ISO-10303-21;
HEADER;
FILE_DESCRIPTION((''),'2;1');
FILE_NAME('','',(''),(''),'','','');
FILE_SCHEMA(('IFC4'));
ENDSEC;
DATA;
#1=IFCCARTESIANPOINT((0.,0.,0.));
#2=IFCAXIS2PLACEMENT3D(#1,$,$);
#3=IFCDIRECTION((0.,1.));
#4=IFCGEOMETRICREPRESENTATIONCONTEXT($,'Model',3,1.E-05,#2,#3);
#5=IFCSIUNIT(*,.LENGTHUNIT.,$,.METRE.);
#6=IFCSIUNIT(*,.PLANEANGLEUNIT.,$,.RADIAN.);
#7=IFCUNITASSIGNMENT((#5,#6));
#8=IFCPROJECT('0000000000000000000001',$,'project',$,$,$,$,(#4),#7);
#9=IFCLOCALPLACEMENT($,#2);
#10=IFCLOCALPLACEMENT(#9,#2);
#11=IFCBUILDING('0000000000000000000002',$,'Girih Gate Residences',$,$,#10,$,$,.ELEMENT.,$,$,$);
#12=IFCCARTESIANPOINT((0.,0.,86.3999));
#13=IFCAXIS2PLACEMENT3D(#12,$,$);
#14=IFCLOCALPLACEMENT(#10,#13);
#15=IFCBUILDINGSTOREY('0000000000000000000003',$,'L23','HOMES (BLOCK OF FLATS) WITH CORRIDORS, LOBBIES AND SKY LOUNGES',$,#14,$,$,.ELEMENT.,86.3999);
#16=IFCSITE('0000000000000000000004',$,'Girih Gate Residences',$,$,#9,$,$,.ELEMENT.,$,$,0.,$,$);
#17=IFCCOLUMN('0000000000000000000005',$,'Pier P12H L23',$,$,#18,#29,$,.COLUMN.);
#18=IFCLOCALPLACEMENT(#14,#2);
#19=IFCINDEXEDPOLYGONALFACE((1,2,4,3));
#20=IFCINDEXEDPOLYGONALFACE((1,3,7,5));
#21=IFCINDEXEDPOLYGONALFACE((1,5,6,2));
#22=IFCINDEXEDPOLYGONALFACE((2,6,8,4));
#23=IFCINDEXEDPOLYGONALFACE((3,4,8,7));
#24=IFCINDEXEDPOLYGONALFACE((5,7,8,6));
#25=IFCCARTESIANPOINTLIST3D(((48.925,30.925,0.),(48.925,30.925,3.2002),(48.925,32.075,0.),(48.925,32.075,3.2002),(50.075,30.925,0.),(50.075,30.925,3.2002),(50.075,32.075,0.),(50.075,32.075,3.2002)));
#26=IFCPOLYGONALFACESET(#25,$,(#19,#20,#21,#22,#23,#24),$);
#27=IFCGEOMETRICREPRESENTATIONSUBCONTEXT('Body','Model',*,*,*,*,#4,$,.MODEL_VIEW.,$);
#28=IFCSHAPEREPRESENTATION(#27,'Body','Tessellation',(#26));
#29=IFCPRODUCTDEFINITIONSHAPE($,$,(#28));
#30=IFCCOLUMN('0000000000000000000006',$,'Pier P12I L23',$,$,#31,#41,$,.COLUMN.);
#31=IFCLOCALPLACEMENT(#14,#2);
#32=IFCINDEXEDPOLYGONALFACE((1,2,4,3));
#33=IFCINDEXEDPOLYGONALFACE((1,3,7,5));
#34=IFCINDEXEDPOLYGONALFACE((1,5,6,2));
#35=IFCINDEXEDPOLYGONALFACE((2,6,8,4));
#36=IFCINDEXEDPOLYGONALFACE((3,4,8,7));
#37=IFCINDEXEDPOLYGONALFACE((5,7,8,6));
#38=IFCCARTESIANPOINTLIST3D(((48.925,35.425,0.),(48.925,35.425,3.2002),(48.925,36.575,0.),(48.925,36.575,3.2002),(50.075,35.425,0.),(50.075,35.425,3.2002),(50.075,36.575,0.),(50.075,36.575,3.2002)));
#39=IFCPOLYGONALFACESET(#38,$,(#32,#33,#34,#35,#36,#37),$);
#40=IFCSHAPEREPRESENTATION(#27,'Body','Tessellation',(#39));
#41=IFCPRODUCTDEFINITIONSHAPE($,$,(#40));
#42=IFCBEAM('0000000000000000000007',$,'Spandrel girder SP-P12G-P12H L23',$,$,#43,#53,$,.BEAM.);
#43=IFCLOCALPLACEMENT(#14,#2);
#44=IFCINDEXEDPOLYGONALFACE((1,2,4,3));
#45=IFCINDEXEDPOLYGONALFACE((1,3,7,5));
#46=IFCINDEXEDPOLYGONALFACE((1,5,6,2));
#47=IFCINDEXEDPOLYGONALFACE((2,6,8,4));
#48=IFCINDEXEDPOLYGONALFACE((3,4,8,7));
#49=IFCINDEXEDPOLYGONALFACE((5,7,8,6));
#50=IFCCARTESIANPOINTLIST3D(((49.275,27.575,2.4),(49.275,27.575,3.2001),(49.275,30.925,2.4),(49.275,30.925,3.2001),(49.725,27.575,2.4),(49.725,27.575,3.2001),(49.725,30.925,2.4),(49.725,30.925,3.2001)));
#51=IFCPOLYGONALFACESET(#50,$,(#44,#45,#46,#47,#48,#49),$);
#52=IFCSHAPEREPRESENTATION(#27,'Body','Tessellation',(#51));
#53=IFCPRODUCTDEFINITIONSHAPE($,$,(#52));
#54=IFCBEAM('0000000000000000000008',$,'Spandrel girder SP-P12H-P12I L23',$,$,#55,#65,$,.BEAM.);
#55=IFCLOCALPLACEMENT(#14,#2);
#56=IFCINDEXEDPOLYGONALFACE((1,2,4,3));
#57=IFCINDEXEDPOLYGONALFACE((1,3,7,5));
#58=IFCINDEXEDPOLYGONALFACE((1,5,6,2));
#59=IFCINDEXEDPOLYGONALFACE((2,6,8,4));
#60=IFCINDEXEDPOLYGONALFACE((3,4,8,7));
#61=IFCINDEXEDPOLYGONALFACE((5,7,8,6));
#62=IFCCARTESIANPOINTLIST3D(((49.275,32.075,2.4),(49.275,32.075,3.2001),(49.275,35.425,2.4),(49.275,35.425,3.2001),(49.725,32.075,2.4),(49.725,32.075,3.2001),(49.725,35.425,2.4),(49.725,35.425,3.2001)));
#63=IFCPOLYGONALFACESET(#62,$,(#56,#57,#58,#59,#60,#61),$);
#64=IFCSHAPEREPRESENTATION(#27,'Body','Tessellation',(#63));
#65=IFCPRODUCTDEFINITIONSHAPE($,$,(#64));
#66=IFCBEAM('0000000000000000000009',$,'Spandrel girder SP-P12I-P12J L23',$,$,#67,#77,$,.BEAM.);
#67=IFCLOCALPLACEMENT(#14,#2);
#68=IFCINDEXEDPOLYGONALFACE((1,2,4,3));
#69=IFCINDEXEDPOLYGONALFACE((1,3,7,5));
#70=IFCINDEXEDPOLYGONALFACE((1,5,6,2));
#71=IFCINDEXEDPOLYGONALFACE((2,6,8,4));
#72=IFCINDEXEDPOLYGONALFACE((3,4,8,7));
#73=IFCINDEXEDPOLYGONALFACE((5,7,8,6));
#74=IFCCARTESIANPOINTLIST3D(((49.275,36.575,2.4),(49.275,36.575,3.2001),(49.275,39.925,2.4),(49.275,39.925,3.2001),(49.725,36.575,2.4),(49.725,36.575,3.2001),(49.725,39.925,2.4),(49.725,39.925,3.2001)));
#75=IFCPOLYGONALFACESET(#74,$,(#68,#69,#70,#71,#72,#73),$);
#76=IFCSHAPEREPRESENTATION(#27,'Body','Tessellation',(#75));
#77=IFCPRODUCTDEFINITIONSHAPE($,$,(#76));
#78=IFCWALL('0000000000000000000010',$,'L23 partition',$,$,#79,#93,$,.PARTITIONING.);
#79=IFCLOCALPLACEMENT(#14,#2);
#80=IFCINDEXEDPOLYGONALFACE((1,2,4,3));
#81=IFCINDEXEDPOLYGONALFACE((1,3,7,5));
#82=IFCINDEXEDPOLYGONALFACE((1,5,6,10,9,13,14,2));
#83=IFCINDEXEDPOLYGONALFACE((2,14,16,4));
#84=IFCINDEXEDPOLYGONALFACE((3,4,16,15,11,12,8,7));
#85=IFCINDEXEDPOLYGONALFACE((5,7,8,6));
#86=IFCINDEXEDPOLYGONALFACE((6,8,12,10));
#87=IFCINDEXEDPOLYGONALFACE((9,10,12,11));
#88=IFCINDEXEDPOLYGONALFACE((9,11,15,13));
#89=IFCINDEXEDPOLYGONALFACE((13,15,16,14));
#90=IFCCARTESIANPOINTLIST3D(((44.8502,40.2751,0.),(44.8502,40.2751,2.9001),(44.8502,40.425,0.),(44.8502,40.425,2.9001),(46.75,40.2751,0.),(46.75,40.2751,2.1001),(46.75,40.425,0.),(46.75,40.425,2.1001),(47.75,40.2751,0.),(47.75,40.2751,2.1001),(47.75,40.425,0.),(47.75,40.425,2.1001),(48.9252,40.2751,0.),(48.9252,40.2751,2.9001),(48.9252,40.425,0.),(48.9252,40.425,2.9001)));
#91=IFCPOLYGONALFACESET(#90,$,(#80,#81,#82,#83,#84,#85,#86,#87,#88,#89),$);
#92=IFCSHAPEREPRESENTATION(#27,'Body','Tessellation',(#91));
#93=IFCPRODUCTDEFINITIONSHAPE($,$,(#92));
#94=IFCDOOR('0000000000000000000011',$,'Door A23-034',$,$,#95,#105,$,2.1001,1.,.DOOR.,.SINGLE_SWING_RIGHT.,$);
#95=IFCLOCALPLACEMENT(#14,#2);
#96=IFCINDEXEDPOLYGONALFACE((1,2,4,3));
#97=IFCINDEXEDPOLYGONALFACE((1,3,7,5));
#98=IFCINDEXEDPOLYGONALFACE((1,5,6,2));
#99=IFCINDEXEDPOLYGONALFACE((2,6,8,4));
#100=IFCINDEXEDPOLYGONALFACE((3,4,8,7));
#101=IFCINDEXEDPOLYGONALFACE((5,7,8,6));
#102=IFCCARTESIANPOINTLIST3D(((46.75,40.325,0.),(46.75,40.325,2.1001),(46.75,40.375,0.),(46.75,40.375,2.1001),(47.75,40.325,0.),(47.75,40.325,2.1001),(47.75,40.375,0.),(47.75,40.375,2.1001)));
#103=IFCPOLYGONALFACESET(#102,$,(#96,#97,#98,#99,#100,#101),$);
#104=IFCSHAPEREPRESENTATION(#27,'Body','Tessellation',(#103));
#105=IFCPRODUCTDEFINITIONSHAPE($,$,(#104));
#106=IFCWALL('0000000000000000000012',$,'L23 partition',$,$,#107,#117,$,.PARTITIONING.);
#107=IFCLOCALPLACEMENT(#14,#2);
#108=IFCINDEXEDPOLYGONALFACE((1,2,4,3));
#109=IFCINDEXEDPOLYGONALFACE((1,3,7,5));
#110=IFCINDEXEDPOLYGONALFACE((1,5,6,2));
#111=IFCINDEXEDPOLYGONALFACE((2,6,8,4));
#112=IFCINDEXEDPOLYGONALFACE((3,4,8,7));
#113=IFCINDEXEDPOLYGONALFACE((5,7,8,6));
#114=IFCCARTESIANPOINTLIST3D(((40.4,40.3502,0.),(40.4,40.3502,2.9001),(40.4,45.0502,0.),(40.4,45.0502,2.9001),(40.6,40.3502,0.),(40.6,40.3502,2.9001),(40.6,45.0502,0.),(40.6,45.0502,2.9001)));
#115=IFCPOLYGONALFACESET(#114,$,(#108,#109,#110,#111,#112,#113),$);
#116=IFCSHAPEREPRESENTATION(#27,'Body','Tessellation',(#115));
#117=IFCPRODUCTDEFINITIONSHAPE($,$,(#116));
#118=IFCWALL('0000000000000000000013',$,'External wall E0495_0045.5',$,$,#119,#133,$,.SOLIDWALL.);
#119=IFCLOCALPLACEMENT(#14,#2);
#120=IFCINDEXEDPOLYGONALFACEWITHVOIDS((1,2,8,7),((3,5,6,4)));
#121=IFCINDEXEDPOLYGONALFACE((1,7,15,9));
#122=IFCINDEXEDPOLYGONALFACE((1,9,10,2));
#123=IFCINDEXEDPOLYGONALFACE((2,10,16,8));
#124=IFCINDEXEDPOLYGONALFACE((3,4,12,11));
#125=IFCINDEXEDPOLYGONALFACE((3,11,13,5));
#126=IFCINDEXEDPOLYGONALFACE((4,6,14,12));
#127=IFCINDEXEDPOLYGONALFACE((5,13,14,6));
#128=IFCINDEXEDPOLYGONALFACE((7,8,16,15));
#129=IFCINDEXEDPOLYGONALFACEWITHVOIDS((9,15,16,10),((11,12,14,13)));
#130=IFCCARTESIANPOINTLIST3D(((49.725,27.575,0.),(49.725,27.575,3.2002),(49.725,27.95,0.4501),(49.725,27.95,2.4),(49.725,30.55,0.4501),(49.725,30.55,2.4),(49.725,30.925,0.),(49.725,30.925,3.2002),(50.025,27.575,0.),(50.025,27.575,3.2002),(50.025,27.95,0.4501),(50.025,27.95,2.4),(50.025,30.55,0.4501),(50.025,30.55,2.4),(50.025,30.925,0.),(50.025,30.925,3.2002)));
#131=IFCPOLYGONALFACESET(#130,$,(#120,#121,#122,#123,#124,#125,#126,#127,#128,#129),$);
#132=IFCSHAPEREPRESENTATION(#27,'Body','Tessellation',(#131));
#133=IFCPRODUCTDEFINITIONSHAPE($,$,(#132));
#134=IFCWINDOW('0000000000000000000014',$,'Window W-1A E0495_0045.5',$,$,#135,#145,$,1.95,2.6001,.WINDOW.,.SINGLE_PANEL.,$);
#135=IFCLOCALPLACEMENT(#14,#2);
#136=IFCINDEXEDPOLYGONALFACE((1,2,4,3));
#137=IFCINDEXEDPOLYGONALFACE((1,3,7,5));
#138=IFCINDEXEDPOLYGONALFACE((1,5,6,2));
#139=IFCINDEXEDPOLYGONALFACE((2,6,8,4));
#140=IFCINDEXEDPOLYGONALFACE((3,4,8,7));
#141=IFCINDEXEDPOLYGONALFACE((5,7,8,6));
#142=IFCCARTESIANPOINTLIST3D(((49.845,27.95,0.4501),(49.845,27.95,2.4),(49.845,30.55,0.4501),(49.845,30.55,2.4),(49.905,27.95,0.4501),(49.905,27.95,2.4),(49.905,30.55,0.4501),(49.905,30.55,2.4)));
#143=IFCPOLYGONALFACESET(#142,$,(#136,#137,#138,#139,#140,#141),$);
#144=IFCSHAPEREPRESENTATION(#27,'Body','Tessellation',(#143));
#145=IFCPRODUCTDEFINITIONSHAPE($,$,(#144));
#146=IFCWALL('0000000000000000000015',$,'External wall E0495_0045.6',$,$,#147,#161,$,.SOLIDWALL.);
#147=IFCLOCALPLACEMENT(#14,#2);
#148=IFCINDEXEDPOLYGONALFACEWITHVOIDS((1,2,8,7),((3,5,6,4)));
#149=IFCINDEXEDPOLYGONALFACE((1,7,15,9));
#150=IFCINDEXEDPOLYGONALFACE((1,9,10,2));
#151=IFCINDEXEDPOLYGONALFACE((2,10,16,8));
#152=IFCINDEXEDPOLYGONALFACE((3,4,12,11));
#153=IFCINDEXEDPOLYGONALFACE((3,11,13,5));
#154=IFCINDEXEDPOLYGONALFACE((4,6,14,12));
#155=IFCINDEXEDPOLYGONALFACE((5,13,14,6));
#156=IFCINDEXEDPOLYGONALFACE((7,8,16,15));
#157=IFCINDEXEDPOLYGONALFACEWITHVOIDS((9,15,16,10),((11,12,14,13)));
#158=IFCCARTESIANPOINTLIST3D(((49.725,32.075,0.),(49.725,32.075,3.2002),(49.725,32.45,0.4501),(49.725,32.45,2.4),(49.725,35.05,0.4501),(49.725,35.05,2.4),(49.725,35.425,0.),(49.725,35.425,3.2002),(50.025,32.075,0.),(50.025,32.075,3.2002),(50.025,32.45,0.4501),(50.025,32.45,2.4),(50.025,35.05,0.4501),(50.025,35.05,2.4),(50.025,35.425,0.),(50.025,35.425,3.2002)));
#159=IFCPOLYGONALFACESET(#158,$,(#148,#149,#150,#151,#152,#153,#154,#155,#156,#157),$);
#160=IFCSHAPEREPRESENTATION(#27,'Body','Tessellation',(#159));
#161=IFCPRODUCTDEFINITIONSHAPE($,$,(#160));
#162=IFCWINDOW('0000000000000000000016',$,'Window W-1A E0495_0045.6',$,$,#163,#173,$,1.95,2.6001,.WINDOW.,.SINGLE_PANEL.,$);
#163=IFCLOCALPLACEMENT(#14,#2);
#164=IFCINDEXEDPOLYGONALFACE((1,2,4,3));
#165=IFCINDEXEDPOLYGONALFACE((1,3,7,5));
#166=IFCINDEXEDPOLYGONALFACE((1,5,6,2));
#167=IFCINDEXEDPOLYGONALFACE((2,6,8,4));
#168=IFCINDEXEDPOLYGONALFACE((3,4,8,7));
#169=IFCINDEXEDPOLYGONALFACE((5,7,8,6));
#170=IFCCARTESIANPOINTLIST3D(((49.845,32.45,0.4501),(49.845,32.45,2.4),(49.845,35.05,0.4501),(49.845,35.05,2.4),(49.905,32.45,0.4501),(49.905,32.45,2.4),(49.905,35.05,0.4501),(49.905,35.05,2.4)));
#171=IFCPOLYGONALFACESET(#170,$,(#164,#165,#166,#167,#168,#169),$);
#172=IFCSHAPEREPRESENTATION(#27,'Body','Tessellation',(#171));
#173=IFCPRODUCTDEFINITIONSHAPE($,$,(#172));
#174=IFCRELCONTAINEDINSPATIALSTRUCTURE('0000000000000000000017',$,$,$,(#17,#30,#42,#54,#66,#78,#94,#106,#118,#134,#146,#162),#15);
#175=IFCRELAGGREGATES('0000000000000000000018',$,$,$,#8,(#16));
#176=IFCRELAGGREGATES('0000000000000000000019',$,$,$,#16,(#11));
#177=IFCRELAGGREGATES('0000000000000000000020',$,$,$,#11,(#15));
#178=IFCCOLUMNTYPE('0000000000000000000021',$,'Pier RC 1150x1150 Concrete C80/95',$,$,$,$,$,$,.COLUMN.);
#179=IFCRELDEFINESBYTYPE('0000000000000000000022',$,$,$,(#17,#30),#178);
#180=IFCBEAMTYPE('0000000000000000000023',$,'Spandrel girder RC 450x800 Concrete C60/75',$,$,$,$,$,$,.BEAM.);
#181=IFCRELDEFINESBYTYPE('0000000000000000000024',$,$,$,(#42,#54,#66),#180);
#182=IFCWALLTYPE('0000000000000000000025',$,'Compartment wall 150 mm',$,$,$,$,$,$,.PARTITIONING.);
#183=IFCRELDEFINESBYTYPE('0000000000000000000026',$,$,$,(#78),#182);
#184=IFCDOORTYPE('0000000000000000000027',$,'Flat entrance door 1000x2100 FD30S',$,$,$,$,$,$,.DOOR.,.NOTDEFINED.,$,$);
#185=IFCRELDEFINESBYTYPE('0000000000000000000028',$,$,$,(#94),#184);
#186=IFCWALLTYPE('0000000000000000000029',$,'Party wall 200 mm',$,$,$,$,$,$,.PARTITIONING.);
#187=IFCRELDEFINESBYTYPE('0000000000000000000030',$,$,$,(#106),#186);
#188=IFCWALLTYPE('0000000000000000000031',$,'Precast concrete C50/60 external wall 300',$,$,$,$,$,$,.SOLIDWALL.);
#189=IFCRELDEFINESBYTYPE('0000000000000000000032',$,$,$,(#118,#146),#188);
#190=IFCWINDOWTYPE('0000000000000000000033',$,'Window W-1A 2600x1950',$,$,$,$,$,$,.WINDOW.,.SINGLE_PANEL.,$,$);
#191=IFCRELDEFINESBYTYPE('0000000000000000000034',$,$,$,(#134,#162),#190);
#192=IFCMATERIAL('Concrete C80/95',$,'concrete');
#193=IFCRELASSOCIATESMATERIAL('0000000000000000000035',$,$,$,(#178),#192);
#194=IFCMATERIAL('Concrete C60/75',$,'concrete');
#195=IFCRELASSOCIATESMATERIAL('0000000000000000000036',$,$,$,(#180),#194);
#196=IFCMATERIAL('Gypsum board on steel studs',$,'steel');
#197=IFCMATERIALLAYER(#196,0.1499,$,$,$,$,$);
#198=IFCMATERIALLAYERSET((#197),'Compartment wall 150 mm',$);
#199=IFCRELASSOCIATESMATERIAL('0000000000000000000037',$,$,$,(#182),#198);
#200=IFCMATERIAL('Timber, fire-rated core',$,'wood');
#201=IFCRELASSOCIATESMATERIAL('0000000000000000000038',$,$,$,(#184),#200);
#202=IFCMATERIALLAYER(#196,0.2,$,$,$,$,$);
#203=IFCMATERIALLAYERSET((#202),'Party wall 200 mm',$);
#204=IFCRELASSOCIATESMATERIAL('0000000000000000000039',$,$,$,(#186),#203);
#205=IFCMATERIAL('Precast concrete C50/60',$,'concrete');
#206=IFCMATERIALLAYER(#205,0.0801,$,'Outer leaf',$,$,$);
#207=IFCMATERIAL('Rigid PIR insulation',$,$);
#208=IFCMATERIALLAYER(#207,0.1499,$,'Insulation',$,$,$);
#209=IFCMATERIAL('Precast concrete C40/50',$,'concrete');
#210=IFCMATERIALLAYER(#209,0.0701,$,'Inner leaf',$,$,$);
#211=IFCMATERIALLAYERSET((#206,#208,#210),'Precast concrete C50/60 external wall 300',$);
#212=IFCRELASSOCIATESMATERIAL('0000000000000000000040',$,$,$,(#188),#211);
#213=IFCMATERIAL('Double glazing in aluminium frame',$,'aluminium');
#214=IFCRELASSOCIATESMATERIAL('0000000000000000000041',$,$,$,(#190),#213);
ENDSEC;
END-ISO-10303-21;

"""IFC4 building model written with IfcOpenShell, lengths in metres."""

from ifc_helpers import new_model, si_unit, direction, frame, frame_2d, origin, origin_2d, place, context, subcontext, project, spatial, rectangle, extrude, material, layer, layer_set, material_profile, profile_set, type_object, element, fill, save


model = new_model("IFC4")

# Units and contexts
model_context = context("Model", 3, precision=1e-05, world=origin(), true_north=direction((0.0, 1.0)))
body_context = subcontext(model_context, "Body", "Model", "MODEL_VIEW")
ifc_project = project(units=[si_unit("LENGTHUNIT", "METRE"), si_unit("PLANEANGLEUNIT", "RADIAN")], contexts=[model_context])

# Site, building, storey
site_placement = place(None, origin())
site = spatial("IfcSite", under=ifc_project, at=site_placement, Name="Girih Gate Residences", CompositionType="ELEMENT", RefElevation=0.0)
building_placement = place(site_placement, origin())
building = spatial("IfcBuilding", under=site, at=building_placement, Name="Girih Gate Residences", CompositionType="ELEMENT")
storey_placement = place(building_placement, frame((0.0, 0.0, 86.3999)))
storey = spatial("IfcBuildingStorey", under=building, at=storey_placement, Name="L23", Description="HOMES (BLOCK OF FLATS) WITH CORRIDORS, LOBBIES AND SKY LOUNGES", CompositionType="ELEMENT", Elevation=86.3999)

# Columns
ifc_material_1 = material(Name="Concrete C80/95", Category="concrete")
ifc_material_profile_1 = material_profile(ifc_material_1, rectangle(XDim=1.1499, YDim=1.1499, at=origin_2d()))
ifc_profile_set_1 = profile_set([ifc_material_profile_1], Name="Concrete C80/95")
column_type = type_object("IfcColumnType", Name="Pier RC 1150x1150 Concrete C80/95", PredefinedType="COLUMN", material=ifc_profile_set_1)
for number, where, z_axis, x_axis, name in (
    (1, (49.5, 31.5, 0.0), (0.0, 0.0, 1.0), (1.0, 0.0, 0.0), "Pier P12H L23"),
    (2, (49.5, 36.0, 0.0), (0.0, 0.0, 1.0), (1.0, 0.0, 0.0), "Pier P12I L23"),
):
    element("IfcColumn", number, at=place(storey_placement, frame(where, z_axis=z_axis, x_axis=x_axis)), inside=storey, type_object=column_type, Name=name, PredefinedType="COLUMN", context=body_context, shape_type="SweptSolid", body=[
        extrude(rectangle(XDim=1.1499, YDim=1.1499, at=origin_2d()), origin(), (0.0, 0.0, 1.0), 3.2002),
    ])

# Beams
ifc_material_2 = material(Name="Concrete C60/75", Category="concrete")
ifc_material_profile_2 = material_profile(ifc_material_2, rectangle(XDim=0.45, YDim=0.8, at=origin_2d()))
ifc_profile_set_2 = profile_set([ifc_material_profile_2], Name="Concrete C60/75")
beam_type = type_object("IfcBeamType", Name="Spandrel girder RC 450x800 Concrete C60/75", PredefinedType="BEAM", material=ifc_profile_set_2)
for number, where, z_axis, x_axis, name in (
    (3, (49.5, 27.575, 2.8), (0.0, 1.0, 0.0), (-1.0, 0.0, 0.0), "Spandrel girder SP-P12G-P12H L23"),
    (4, (49.5, 32.075, 2.8), (0.0, 1.0, 0.0), (-1.0, 0.0, 0.0), "Spandrel girder SP-P12H-P12I L23"),
    (5, (49.5, 36.575, 2.8), (0.0, 1.0, 0.0), (-1.0, 0.0, 0.0), "Spandrel girder SP-P12I-P12J L23"),
):
    element("IfcBeam", number, at=place(storey_placement, frame(where, z_axis=z_axis, x_axis=x_axis)), inside=storey, type_object=beam_type, Name=name, PredefinedType="BEAM", context=body_context, shape_type="SweptSolid", body=[
        extrude(rectangle(XDim=0.45, YDim=0.8, at=origin_2d()), origin(), (0.0, 0.0, 1.0), 3.3501),
    ])

# Wall, opening, door
ifc_material_3 = material(Name="Gypsum board on steel studs", Category="steel")
ifc_layer_1 = layer(ifc_material_3, 0.1499)
ifc_layer_set_1 = layer_set([ifc_layer_1], Name="Compartment wall 150 mm")
wall_type_1 = type_object("IfcWallType", Name="Compartment wall 150 mm", PredefinedType="PARTITIONING", material=ifc_layer_set_1)
wall_1_placement = place(storey_placement, frame((44.8501, 40.3501, 0.0), z_axis=(0.0, 0.0, 1.0), x_axis=(1.0, 0.0, 0.0)))
wall_1 = element("IfcWall", 6, at=wall_1_placement, inside=storey, type_object=wall_type_1, Name="L23 partition", PredefinedType="PARTITIONING", context=body_context, shape_type="SweptSolid", body=[
    extrude(rectangle(XDim=4.075, YDim=0.1499, at=frame_2d((2.0376, 0.0))), origin(), (0.0, 0.0, 1.0), 2.9001),
])
opening_1_placement = place(wall_1_placement, frame((1.8999, 0.0, 0.0)))
opening_1 = element("IfcOpeningElement", 7, at=opening_1_placement, cuts=wall_1, PredefinedType="OPENING", context=body_context, shape_type="SweptSolid", body=[
    extrude(rectangle(XDim=1.0, YDim=2.1001, at=frame_2d((0.5, 1.05))), frame((0.0, 0.085, 0.0), z_axis=(0.0, -1.0, 0.0), x_axis=(1.0, 0.0, 0.0)), (0.0, 0.0, 1.0), 0.1699),
])
ifc_material_4 = material(Name="Timber, fire-rated core", Category="wood")
door_type_1 = type_object("IfcDoorType", Name="Flat entrance door 1000x2100 FD30S", OperationType="NOTDEFINED", PredefinedType="DOOR", material=ifc_material_4)
door_1_placement = place(opening_1_placement, origin())
door_1 = element("IfcDoor", 8, at=door_1_placement, inside=storey, type_object=door_type_1, Name="Door A23-034", OperationType="SINGLE_SWING_RIGHT", OverallHeight=2.1001, OverallWidth=1.0, PredefinedType="DOOR", context=body_context, shape_type="SweptSolid", body=[
    extrude(rectangle(XDim=1.0, YDim=2.1001, at=frame_2d((0.5, 1.05))), frame((0.0, 0.0249, 0.0), z_axis=(0.0, -1.0, 0.0), x_axis=(1.0, 0.0, 0.0)), (0.0, 0.0, 1.0), 0.05),
])
fill(opening_1, door_1)

# Wall
ifc_layer_2 = layer(ifc_material_3, 0.2)
ifc_layer_set_2 = layer_set([ifc_layer_2], Name="Party wall 200 mm")
wall_type_2 = type_object("IfcWallType", Name="Party wall 200 mm", PredefinedType="PARTITIONING", material=ifc_layer_set_2)
wall_2_placement = place(storey_placement, frame((40.5, 40.3501, 0.0), z_axis=(0.0, 0.0, 1.0), x_axis=(0.0, 1.0, 0.0)))
element("IfcWall", 9, at=wall_2_placement, inside=storey, type_object=wall_type_2, Name="L23 partition", PredefinedType="PARTITIONING", context=body_context, shape_type="SweptSolid", body=[
    extrude(rectangle(XDim=4.7, YDim=0.2, at=frame_2d((2.3501, 0.0))), origin(), (0.0, 0.0, 1.0), 2.9001),
])

# Walls, openings, windows
ifc_material_5 = material(Name="Precast concrete C50/60", Category="concrete")
ifc_layer_3 = layer(ifc_material_5, 0.0801, Name="Outer leaf")
ifc_material_6 = material(Name="Rigid PIR insulation")
ifc_layer_4 = layer(ifc_material_6, 0.1499, Name="Insulation")
ifc_material_7 = material(Name="Precast concrete C40/50", Category="concrete")
ifc_layer_5 = layer(ifc_material_7, 0.0701, Name="Inner leaf")
ifc_layer_set_3 = layer_set([ifc_layer_3, ifc_layer_4, ifc_layer_5], Name="Precast concrete C50/60 external wall 300")
wall_type_3 = type_object("IfcWallType", Name="Precast concrete C50/60 external wall 300", PredefinedType="SOLIDWALL", material=ifc_layer_set_3)
wall_3_placement = place(storey_placement, frame((49.875, 30.925, 0.0), z_axis=(0.0, 0.0, 1.0), x_axis=(0.0, -1.0, 0.0)))
wall_3 = element("IfcWall", 10, at=wall_3_placement, inside=storey, type_object=wall_type_3, Name="External wall E0495_0045.5", PredefinedType="SOLIDWALL", context=body_context, shape_type="SweptSolid", body=[
    extrude(rectangle(XDim=3.3501, YDim=0.3, at=frame_2d((1.675, 0.0))), origin(), (0.0, 0.0, 1.0), 3.2002),
])
opening_2_placement = place(wall_3_placement, frame((0.375, 0.0, 0.45)))
opening_2 = element("IfcOpeningElement", 11, at=opening_2_placement, cuts=wall_3, PredefinedType="OPENING", context=body_context, shape_type="SweptSolid", body=[
    extrude(rectangle(XDim=2.6001, YDim=1.95, at=frame_2d((1.3, 0.9751))), frame((0.0, 0.1599, 0.0), z_axis=(0.0, -1.0, 0.0), x_axis=(1.0, 0.0, 0.0)), (0.0, 0.0, 1.0), 0.3201),
])
ifc_material_8 = material(Name="Double glazing in aluminium frame", Category="aluminium")
window_type = type_object("IfcWindowType", Name="Window W-1A 2600x1950", PartitioningType="SINGLE_PANEL", PredefinedType="WINDOW", material=ifc_material_8)
window_1_placement = place(opening_2_placement, origin())
window_1 = element("IfcWindow", 12, at=window_1_placement, inside=storey, type_object=window_type, Name="Window W-1A E0495_0045.5", OverallHeight=1.95, OverallWidth=2.6001, PartitioningType="SINGLE_PANEL", PredefinedType="WINDOW", context=body_context, shape_type="SweptSolid", body=[
    extrude(rectangle(XDim=2.6001, YDim=1.95, at=frame_2d((1.3, 0.9751))), frame((0.0, 0.03, 0.0), z_axis=(0.0, -1.0, 0.0), x_axis=(1.0, 0.0, 0.0)), (0.0, 0.0, 1.0), 0.0601),
])
fill(opening_2, window_1)
wall_4_placement = place(storey_placement, frame((49.875, 35.425, 0.0), z_axis=(0.0, 0.0, 1.0), x_axis=(0.0, -1.0, 0.0)))
wall_4 = element("IfcWall", 13, at=wall_4_placement, inside=storey, type_object=wall_type_3, Name="External wall E0495_0045.6", PredefinedType="SOLIDWALL", context=body_context, shape_type="SweptSolid", body=[
    extrude(rectangle(XDim=3.3501, YDim=0.3, at=frame_2d((1.675, 0.0))), origin(), (0.0, 0.0, 1.0), 3.2002),
])
opening_3_placement = place(wall_4_placement, frame((0.375, 0.0, 0.45)))
opening_3 = element("IfcOpeningElement", 14, at=opening_3_placement, cuts=wall_4, PredefinedType="OPENING", context=body_context, shape_type="SweptSolid", body=[
    extrude(rectangle(XDim=2.6001, YDim=1.95, at=frame_2d((1.3, 0.9751))), frame((0.0, 0.1599, 0.0), z_axis=(0.0, -1.0, 0.0), x_axis=(1.0, 0.0, 0.0)), (0.0, 0.0, 1.0), 0.3201),
])
window_2_placement = place(opening_3_placement, origin())
window_2 = element("IfcWindow", 15, at=window_2_placement, inside=storey, type_object=window_type, Name="Window W-1A E0495_0045.6", OverallHeight=1.95, OverallWidth=2.6001, PartitioningType="SINGLE_PANEL", PredefinedType="WINDOW", context=body_context, shape_type="SweptSolid", body=[
    extrude(rectangle(XDim=2.6001, YDim=1.95, at=frame_2d((1.3, 0.9751))), frame((0.0, 0.03, 0.0), z_axis=(0.0, -1.0, 0.0), x_axis=(1.0, 0.0, 0.0)), (0.0, 0.0, 1.0), 0.0601),
])
fill(opening_3, window_2)

save(model, "model.ifc")
